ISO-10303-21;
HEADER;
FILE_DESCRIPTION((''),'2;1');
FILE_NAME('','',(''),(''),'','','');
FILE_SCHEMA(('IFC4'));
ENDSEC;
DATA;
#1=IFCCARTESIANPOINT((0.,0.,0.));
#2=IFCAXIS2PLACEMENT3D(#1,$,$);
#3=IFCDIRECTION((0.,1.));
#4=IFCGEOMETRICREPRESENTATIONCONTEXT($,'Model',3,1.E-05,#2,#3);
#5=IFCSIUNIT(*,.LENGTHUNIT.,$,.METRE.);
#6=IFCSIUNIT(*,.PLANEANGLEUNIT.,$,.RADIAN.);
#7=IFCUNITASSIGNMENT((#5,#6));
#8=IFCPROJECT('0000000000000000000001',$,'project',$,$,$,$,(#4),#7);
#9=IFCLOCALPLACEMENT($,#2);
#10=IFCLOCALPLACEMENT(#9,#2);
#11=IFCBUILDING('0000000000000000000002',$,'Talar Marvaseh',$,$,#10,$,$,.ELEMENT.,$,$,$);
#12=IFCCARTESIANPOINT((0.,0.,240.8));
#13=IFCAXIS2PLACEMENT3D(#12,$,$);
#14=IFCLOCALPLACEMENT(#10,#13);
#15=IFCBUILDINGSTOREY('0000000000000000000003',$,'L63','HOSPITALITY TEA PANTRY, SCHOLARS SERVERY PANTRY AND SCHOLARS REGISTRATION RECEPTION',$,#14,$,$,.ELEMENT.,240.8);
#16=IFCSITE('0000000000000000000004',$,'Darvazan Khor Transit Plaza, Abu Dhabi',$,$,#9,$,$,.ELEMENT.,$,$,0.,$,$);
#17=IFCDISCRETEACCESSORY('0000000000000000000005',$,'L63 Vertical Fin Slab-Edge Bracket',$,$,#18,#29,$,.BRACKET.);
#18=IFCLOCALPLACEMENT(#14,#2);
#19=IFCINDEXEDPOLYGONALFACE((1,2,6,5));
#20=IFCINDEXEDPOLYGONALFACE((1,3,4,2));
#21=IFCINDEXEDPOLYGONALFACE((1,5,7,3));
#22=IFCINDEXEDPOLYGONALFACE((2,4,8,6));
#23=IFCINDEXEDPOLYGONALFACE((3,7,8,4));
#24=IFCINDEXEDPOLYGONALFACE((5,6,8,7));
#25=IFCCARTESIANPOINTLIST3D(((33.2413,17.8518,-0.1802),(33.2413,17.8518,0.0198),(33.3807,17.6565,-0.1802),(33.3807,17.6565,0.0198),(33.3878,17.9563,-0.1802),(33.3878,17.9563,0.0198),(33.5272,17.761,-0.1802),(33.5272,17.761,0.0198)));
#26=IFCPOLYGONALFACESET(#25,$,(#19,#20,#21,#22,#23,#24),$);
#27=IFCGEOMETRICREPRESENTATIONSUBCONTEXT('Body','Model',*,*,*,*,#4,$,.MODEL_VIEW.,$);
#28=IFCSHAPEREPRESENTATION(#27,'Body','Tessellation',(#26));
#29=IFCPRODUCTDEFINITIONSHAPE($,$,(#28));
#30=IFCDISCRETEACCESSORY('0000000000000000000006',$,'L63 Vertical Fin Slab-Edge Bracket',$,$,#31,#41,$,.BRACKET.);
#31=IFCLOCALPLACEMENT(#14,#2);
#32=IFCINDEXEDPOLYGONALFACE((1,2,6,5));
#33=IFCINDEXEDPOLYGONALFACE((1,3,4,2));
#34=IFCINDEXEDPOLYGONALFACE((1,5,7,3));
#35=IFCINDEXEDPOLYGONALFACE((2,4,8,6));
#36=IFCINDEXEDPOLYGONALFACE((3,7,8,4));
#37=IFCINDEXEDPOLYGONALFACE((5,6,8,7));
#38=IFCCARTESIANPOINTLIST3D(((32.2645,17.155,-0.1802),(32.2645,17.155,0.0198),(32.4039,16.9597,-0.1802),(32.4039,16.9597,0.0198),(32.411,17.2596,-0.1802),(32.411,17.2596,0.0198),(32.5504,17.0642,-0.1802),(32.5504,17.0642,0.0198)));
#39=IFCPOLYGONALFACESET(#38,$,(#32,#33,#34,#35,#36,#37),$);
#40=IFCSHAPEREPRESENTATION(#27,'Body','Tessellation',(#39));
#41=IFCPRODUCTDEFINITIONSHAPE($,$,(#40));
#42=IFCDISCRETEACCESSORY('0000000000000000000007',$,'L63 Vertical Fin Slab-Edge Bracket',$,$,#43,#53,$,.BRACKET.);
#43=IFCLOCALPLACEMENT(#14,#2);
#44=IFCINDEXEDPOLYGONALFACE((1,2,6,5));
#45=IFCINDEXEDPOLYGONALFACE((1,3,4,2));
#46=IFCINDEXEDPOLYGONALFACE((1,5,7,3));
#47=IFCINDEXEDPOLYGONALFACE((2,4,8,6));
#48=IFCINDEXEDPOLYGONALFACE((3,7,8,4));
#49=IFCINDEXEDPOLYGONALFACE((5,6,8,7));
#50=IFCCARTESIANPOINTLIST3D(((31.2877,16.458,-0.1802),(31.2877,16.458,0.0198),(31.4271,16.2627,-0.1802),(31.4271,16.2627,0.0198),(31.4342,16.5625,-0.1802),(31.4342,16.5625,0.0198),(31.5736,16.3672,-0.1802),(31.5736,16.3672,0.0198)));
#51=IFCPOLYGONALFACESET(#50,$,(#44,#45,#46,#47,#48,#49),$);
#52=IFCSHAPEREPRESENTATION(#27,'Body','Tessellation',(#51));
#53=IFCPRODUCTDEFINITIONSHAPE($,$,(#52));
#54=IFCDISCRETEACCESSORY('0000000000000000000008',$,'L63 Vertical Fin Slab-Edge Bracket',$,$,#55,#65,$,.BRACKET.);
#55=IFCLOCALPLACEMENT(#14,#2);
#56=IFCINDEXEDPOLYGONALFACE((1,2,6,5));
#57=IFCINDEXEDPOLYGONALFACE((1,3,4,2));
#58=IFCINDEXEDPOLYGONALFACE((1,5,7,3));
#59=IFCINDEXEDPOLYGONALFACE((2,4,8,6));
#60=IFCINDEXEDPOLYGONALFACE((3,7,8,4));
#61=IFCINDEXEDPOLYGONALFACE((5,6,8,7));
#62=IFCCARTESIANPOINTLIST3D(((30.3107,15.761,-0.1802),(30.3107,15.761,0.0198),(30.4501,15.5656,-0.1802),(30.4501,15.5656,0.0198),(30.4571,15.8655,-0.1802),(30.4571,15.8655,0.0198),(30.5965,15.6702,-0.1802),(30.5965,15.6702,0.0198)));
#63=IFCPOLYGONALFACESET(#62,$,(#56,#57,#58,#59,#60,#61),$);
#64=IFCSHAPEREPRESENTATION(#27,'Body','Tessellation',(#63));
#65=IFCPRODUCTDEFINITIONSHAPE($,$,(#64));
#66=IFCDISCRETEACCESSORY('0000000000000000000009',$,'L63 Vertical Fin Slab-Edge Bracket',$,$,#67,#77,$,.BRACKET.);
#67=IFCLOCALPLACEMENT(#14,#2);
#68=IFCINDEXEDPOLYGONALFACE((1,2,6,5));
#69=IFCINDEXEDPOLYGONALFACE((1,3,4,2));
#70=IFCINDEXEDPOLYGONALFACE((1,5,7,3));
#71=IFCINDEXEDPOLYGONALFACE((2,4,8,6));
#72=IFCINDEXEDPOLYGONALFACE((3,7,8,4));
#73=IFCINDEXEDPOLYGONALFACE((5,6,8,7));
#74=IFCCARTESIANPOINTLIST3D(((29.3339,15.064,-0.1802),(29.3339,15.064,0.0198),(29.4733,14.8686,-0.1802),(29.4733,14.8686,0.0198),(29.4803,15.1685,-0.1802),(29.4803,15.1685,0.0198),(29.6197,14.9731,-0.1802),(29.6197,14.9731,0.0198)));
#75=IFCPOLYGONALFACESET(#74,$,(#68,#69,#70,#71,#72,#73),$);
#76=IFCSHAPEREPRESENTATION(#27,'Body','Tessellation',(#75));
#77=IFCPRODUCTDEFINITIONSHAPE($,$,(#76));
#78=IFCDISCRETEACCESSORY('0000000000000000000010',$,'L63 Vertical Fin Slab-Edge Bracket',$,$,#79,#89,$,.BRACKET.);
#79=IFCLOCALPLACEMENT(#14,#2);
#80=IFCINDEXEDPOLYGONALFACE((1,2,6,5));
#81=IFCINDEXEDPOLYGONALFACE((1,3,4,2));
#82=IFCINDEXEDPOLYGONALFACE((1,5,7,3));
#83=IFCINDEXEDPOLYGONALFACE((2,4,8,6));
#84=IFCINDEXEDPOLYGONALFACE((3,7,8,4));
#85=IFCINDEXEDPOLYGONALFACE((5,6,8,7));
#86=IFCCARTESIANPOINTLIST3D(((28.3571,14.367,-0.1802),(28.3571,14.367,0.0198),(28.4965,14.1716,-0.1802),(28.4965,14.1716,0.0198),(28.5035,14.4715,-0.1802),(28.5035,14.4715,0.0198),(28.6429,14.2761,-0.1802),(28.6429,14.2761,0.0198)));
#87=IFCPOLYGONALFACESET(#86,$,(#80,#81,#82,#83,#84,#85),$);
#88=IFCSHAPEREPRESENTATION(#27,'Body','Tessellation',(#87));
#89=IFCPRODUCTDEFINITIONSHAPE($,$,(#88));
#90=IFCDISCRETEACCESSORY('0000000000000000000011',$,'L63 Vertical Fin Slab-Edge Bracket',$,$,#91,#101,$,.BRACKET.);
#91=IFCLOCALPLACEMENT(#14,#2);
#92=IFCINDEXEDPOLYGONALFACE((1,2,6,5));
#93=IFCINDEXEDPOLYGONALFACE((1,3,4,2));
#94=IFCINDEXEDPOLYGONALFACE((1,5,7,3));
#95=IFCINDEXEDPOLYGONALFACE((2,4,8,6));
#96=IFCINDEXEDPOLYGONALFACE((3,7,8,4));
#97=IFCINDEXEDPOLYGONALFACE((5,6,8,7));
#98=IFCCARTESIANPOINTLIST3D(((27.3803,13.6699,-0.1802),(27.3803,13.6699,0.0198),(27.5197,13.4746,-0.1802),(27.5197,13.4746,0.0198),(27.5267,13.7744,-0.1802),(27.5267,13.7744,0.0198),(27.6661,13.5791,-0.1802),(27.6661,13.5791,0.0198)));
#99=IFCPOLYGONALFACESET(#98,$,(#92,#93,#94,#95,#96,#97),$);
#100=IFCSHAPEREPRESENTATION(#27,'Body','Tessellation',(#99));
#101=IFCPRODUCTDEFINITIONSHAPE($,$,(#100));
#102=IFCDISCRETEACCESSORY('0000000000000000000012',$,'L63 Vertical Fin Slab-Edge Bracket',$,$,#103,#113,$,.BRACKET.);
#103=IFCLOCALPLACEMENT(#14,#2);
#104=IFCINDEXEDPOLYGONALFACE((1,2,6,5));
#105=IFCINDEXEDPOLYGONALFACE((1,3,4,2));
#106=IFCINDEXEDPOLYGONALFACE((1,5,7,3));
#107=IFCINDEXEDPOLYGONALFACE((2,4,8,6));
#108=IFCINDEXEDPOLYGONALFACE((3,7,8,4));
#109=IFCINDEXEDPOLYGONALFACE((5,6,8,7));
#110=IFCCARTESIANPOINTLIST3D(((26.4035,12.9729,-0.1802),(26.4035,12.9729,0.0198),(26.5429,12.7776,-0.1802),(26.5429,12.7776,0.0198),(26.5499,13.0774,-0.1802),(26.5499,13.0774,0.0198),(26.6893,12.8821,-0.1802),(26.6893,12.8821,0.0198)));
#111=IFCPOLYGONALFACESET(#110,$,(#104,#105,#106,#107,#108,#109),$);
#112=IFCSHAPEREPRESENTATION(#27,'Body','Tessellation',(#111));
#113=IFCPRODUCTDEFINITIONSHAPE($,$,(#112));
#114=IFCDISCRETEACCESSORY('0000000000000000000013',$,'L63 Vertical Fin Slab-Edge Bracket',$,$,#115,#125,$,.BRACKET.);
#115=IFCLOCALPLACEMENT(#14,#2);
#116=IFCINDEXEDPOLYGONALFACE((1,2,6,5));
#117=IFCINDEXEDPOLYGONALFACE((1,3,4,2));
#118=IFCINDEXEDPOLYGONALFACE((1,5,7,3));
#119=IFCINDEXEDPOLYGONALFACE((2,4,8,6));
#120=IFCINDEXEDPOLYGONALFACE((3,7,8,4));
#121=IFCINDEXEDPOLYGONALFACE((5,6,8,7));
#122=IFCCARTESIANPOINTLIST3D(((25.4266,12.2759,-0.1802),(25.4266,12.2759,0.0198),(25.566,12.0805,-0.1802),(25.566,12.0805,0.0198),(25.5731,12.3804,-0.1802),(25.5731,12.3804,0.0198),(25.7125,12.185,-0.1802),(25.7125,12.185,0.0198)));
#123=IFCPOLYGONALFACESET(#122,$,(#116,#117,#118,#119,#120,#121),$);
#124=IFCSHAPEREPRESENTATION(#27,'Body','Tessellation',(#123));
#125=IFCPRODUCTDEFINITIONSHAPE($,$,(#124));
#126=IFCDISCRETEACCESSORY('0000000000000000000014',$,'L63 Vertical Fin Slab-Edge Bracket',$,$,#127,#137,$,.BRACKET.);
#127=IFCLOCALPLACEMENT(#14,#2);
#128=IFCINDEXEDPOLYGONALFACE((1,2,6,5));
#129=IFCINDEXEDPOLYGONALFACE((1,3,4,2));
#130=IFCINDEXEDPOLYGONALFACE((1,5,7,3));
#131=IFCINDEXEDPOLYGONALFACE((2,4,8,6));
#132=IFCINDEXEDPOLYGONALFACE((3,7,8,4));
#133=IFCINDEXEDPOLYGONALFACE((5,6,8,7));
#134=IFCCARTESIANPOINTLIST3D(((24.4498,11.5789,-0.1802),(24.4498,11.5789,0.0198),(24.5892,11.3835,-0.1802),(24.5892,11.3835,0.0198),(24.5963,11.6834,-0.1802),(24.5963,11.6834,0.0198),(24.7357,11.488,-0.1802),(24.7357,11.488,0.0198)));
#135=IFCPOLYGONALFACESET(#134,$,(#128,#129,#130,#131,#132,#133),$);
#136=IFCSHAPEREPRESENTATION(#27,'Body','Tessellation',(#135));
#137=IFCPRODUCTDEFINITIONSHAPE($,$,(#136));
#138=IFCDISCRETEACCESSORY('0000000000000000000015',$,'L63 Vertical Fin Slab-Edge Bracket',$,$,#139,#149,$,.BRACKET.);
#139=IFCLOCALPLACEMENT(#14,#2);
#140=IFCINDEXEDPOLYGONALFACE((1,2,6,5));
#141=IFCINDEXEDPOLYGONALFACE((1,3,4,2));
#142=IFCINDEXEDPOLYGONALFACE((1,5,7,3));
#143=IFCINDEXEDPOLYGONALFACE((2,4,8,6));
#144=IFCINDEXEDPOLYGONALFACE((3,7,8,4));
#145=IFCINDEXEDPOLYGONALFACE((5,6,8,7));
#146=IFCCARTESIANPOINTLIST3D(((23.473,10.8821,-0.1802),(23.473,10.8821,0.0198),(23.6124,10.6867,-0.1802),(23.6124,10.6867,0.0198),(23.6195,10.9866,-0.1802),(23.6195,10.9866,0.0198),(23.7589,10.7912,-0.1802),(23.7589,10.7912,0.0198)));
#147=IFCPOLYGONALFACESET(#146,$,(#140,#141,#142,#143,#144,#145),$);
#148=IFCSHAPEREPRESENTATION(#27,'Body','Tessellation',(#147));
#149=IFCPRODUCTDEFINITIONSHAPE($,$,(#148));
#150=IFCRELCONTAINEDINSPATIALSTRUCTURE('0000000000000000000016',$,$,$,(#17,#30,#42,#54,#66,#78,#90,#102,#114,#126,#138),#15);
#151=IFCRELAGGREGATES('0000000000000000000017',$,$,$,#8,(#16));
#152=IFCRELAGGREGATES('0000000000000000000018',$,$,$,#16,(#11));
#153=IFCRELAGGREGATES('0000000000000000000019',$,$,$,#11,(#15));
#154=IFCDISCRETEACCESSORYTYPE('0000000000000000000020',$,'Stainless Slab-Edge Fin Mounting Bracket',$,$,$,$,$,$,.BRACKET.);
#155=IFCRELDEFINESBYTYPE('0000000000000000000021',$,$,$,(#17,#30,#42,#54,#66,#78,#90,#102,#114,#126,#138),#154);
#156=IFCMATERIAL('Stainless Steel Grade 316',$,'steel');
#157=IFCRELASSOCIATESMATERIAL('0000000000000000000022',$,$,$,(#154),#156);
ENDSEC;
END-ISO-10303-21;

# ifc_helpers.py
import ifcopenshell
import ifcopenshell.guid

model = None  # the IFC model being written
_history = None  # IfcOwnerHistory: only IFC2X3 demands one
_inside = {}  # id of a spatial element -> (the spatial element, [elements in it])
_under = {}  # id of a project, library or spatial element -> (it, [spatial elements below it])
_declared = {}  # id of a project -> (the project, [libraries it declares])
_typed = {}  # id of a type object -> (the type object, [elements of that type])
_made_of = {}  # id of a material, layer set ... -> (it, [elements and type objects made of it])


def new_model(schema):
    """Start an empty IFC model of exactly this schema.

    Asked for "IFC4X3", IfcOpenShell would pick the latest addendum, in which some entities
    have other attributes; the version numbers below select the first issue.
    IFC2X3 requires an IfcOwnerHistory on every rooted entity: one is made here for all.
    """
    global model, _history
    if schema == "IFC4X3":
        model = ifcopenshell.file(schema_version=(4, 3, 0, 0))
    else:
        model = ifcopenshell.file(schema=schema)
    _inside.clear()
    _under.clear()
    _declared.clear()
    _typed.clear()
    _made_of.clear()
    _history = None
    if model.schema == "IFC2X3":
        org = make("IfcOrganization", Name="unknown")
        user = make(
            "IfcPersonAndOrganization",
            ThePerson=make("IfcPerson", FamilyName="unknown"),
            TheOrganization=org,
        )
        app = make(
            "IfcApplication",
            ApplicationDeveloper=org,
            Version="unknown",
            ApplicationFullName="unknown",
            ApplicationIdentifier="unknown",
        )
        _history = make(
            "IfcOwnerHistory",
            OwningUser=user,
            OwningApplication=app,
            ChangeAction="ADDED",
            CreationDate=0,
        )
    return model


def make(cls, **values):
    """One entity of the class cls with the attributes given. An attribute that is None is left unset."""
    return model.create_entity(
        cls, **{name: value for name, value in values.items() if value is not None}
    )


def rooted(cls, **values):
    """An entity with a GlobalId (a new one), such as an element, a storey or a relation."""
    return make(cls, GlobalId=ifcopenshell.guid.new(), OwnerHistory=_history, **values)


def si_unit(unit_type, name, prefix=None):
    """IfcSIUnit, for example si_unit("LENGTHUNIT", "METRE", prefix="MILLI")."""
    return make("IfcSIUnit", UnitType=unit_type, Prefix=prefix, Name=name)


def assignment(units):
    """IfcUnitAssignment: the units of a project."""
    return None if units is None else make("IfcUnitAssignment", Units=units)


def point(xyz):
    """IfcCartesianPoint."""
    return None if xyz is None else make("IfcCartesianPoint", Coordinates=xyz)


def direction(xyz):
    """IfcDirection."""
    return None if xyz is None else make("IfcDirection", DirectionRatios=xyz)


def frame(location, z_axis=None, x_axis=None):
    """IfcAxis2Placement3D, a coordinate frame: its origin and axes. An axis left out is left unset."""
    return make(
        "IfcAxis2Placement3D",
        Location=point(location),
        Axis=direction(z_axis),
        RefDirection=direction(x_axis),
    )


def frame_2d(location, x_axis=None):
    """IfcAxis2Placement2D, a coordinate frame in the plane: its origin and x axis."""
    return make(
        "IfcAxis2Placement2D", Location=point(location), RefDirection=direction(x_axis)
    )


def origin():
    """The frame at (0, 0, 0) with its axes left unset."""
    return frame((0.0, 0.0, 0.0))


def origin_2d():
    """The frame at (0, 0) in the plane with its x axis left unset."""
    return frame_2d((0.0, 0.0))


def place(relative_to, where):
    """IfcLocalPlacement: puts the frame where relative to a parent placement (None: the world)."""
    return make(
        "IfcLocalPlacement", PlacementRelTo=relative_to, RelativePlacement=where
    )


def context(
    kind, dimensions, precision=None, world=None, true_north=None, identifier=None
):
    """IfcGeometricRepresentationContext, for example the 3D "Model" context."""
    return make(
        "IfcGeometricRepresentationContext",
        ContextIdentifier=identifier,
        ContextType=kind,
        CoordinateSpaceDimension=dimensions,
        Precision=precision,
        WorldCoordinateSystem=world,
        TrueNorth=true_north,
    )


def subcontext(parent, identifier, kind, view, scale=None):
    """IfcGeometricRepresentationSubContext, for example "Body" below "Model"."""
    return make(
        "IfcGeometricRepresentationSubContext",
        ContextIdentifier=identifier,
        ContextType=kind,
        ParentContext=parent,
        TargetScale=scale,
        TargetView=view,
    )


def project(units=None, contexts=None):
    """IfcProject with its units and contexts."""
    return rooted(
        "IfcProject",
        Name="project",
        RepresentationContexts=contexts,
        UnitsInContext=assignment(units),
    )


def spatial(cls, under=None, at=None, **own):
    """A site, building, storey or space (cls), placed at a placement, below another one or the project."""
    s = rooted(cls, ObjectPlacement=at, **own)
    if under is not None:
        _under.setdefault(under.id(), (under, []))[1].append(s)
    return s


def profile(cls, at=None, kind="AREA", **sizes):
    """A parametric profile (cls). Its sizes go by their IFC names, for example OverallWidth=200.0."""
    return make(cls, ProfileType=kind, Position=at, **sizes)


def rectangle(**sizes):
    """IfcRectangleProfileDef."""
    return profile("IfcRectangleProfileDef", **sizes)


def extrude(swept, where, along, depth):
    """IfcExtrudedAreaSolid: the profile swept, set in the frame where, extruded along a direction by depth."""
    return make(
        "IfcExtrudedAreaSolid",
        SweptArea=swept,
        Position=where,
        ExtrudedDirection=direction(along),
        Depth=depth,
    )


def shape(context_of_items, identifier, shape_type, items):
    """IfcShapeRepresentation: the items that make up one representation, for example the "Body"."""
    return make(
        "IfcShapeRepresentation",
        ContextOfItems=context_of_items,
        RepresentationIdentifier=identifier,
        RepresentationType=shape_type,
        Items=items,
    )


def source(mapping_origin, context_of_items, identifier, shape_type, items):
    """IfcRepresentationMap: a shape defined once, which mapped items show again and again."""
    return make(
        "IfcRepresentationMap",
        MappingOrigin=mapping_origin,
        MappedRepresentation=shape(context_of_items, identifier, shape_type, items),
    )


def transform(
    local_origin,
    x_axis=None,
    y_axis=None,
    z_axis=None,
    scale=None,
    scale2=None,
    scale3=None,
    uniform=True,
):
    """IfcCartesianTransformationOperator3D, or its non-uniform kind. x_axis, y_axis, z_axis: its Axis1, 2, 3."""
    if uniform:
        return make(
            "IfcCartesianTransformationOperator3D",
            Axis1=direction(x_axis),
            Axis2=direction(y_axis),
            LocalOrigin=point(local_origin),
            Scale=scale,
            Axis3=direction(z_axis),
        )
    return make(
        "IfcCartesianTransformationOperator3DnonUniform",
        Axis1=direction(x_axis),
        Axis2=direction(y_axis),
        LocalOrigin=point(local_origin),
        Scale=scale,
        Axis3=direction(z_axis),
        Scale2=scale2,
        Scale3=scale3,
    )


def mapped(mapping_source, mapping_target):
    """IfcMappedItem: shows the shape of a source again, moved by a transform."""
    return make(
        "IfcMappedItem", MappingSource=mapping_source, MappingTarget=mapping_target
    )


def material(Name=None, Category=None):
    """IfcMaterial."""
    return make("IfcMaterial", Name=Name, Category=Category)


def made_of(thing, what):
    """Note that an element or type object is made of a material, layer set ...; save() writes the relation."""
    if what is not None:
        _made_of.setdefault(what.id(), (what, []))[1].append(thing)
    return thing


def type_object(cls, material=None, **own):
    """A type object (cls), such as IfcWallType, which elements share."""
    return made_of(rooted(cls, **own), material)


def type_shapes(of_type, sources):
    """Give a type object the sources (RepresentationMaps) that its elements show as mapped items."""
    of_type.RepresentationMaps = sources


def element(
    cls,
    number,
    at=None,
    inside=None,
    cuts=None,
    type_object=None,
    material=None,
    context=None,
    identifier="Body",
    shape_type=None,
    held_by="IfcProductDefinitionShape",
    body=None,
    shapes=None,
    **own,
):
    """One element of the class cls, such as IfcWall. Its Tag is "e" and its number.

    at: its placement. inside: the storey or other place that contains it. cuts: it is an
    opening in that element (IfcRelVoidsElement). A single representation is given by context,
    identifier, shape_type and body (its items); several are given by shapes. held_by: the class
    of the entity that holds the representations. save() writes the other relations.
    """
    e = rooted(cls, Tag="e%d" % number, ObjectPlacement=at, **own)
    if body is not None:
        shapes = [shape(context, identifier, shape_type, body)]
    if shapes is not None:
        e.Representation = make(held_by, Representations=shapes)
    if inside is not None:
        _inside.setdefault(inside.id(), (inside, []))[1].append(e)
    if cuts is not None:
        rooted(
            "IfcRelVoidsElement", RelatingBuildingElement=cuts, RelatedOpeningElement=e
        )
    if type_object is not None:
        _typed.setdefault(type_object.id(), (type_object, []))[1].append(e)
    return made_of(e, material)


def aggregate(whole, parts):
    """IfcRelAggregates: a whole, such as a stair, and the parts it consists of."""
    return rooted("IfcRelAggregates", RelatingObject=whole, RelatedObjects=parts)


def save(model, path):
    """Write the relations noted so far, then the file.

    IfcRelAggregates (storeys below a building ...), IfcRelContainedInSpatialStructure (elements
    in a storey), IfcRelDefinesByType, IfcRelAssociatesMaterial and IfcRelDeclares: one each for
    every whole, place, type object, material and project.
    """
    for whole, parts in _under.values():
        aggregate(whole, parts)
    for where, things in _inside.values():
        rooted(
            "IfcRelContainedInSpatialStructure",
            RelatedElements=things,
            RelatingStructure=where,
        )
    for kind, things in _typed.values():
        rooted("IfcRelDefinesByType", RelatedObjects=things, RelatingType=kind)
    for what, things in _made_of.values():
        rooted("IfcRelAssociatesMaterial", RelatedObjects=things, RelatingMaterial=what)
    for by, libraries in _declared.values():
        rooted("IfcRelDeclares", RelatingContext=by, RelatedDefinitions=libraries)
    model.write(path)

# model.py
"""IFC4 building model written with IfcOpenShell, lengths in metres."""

from ifc_helpers import new_model, si_unit, direction, frame, origin, origin_2d, place, context, subcontext, project, spatial, rectangle, extrude, source, transform, mapped, material, type_object, type_shapes, element, save


model = new_model("IFC4")

# Units and contexts
model_context = context("Model", 3, precision=1e-05, world=origin(), true_north=direction((0.0, 1.0)))
body_context = subcontext(model_context, "Body", "Model", "MODEL_VIEW")
ifc_project = project(units=[si_unit("LENGTHUNIT", "METRE"), si_unit("PLANEANGLEUNIT", "RADIAN")], contexts=[model_context])

# Site, building, storey
site_placement = place(None, origin())
site = spatial("IfcSite", under=ifc_project, at=site_placement, Name="Darvazan Khor Transit Plaza, Abu Dhabi", CompositionType="ELEMENT", RefElevation=0.0)
building_placement = place(site_placement, origin())
building = spatial("IfcBuilding", under=site, at=building_placement, Name="Talar Marvaseh", CompositionType="ELEMENT")
storey_placement = place(building_placement, frame((0.0, 0.0, 240.8)))
storey = spatial("IfcBuildingStorey", under=building, at=storey_placement, Name="L63", Description="HOSPITALITY TEA PANTRY, SCHOLARS SERVERY PANTRY AND SCHOLARS REGISTRATION RECEPTION", CompositionType="ELEMENT", Elevation=240.8)

# Discrete accessories
ifc_material_1 = material(Name="Stainless Steel Grade 316", Category="steel")
discrete_accessory_type = type_object("IfcDiscreteAccessoryType", Name="Stainless Slab-Edge Fin Mounting Bracket", PredefinedType="BRACKET", material=ifc_material_1)
shared_shape_1 = source(origin(), body_context, "Body", "SweptSolid", [
    extrude(rectangle(XDim=0.24, YDim=0.1799, at=origin_2d()), origin(), (0.0, 0.0, 1.0), 0.2),
])
type_shapes(discrete_accessory_type, [shared_shape_1])
for number, where, z_axis, x_axis, name in (
    (1, (33.3843, 17.8064, -0.1802), (0.0, 0.0, 1.0), (0.580845, -0.814014, 0.0), "L63 Vertical Fin Slab-Edge Bracket"),
    (2, (32.4075, 17.1096, -0.1802), (0.0, 0.0, 1.0), (0.580845, -0.814014, 0.0), "L63 Vertical Fin Slab-Edge Bracket"),
    (3, (31.4307, 16.4126, -0.1802), (0.0, 0.0, 1.0), (0.580845, -0.814014, 0.0), "L63 Vertical Fin Slab-Edge Bracket"),
    (4, (30.4536, 15.7156, -0.1802), (0.0, 0.0, 1.0), (0.580845, -0.814014, 0.0), "L63 Vertical Fin Slab-Edge Bracket"),
    (5, (29.4768, 15.0186, -0.1802), (0.0, 0.0, 1.0), (0.580845, -0.814014, 0.0), "L63 Vertical Fin Slab-Edge Bracket"),
    (6, (28.5, 14.3215, -0.1802), (0.0, 0.0, 1.0), (0.580845, -0.814014, 0.0), "L63 Vertical Fin Slab-Edge Bracket"),
    (7, (27.5232, 13.6245, -0.1802), (0.0, 0.0, 1.0), (0.580845, -0.814014, 0.0), "L63 Vertical Fin Slab-Edge Bracket"),
    (8, (26.5464, 12.9275, -0.1802), (0.0, 0.0, 1.0), (0.580845, -0.814014, 0.0), "L63 Vertical Fin Slab-Edge Bracket"),
    (9, (25.5696, 12.2305, -0.1802), (0.0, 0.0, 1.0), (0.580845, -0.814014, 0.0), "L63 Vertical Fin Slab-Edge Bracket"),
    (10, (24.5928, 11.5334, -0.1802), (0.0, 0.0, 1.0), (0.580845, -0.814014, 0.0), "L63 Vertical Fin Slab-Edge Bracket"),
    (11, (23.616, 10.8367, -0.1802), (0.0, 0.0, 1.0), (0.580845, -0.814014, 0.0), "L63 Vertical Fin Slab-Edge Bracket"),
):
    element("IfcDiscreteAccessory", number, at=place(storey_placement, frame(where, z_axis=z_axis, x_axis=x_axis)), inside=storey, type_object=discrete_accessory_type, Name=name, PredefinedType="BRACKET", context=body_context, shape_type="MappedRepresentation", body=[
        mapped(shared_shape_1, transform((0.0, 0.0, 0.0), x_axis=(1.0, 0.0, 0.0), y_axis=(0.0, 1.0, 0.0), z_axis=(0.0, 0.0, 1.0), scale=1.0)),
    ])

save(model, "model.ifc")
